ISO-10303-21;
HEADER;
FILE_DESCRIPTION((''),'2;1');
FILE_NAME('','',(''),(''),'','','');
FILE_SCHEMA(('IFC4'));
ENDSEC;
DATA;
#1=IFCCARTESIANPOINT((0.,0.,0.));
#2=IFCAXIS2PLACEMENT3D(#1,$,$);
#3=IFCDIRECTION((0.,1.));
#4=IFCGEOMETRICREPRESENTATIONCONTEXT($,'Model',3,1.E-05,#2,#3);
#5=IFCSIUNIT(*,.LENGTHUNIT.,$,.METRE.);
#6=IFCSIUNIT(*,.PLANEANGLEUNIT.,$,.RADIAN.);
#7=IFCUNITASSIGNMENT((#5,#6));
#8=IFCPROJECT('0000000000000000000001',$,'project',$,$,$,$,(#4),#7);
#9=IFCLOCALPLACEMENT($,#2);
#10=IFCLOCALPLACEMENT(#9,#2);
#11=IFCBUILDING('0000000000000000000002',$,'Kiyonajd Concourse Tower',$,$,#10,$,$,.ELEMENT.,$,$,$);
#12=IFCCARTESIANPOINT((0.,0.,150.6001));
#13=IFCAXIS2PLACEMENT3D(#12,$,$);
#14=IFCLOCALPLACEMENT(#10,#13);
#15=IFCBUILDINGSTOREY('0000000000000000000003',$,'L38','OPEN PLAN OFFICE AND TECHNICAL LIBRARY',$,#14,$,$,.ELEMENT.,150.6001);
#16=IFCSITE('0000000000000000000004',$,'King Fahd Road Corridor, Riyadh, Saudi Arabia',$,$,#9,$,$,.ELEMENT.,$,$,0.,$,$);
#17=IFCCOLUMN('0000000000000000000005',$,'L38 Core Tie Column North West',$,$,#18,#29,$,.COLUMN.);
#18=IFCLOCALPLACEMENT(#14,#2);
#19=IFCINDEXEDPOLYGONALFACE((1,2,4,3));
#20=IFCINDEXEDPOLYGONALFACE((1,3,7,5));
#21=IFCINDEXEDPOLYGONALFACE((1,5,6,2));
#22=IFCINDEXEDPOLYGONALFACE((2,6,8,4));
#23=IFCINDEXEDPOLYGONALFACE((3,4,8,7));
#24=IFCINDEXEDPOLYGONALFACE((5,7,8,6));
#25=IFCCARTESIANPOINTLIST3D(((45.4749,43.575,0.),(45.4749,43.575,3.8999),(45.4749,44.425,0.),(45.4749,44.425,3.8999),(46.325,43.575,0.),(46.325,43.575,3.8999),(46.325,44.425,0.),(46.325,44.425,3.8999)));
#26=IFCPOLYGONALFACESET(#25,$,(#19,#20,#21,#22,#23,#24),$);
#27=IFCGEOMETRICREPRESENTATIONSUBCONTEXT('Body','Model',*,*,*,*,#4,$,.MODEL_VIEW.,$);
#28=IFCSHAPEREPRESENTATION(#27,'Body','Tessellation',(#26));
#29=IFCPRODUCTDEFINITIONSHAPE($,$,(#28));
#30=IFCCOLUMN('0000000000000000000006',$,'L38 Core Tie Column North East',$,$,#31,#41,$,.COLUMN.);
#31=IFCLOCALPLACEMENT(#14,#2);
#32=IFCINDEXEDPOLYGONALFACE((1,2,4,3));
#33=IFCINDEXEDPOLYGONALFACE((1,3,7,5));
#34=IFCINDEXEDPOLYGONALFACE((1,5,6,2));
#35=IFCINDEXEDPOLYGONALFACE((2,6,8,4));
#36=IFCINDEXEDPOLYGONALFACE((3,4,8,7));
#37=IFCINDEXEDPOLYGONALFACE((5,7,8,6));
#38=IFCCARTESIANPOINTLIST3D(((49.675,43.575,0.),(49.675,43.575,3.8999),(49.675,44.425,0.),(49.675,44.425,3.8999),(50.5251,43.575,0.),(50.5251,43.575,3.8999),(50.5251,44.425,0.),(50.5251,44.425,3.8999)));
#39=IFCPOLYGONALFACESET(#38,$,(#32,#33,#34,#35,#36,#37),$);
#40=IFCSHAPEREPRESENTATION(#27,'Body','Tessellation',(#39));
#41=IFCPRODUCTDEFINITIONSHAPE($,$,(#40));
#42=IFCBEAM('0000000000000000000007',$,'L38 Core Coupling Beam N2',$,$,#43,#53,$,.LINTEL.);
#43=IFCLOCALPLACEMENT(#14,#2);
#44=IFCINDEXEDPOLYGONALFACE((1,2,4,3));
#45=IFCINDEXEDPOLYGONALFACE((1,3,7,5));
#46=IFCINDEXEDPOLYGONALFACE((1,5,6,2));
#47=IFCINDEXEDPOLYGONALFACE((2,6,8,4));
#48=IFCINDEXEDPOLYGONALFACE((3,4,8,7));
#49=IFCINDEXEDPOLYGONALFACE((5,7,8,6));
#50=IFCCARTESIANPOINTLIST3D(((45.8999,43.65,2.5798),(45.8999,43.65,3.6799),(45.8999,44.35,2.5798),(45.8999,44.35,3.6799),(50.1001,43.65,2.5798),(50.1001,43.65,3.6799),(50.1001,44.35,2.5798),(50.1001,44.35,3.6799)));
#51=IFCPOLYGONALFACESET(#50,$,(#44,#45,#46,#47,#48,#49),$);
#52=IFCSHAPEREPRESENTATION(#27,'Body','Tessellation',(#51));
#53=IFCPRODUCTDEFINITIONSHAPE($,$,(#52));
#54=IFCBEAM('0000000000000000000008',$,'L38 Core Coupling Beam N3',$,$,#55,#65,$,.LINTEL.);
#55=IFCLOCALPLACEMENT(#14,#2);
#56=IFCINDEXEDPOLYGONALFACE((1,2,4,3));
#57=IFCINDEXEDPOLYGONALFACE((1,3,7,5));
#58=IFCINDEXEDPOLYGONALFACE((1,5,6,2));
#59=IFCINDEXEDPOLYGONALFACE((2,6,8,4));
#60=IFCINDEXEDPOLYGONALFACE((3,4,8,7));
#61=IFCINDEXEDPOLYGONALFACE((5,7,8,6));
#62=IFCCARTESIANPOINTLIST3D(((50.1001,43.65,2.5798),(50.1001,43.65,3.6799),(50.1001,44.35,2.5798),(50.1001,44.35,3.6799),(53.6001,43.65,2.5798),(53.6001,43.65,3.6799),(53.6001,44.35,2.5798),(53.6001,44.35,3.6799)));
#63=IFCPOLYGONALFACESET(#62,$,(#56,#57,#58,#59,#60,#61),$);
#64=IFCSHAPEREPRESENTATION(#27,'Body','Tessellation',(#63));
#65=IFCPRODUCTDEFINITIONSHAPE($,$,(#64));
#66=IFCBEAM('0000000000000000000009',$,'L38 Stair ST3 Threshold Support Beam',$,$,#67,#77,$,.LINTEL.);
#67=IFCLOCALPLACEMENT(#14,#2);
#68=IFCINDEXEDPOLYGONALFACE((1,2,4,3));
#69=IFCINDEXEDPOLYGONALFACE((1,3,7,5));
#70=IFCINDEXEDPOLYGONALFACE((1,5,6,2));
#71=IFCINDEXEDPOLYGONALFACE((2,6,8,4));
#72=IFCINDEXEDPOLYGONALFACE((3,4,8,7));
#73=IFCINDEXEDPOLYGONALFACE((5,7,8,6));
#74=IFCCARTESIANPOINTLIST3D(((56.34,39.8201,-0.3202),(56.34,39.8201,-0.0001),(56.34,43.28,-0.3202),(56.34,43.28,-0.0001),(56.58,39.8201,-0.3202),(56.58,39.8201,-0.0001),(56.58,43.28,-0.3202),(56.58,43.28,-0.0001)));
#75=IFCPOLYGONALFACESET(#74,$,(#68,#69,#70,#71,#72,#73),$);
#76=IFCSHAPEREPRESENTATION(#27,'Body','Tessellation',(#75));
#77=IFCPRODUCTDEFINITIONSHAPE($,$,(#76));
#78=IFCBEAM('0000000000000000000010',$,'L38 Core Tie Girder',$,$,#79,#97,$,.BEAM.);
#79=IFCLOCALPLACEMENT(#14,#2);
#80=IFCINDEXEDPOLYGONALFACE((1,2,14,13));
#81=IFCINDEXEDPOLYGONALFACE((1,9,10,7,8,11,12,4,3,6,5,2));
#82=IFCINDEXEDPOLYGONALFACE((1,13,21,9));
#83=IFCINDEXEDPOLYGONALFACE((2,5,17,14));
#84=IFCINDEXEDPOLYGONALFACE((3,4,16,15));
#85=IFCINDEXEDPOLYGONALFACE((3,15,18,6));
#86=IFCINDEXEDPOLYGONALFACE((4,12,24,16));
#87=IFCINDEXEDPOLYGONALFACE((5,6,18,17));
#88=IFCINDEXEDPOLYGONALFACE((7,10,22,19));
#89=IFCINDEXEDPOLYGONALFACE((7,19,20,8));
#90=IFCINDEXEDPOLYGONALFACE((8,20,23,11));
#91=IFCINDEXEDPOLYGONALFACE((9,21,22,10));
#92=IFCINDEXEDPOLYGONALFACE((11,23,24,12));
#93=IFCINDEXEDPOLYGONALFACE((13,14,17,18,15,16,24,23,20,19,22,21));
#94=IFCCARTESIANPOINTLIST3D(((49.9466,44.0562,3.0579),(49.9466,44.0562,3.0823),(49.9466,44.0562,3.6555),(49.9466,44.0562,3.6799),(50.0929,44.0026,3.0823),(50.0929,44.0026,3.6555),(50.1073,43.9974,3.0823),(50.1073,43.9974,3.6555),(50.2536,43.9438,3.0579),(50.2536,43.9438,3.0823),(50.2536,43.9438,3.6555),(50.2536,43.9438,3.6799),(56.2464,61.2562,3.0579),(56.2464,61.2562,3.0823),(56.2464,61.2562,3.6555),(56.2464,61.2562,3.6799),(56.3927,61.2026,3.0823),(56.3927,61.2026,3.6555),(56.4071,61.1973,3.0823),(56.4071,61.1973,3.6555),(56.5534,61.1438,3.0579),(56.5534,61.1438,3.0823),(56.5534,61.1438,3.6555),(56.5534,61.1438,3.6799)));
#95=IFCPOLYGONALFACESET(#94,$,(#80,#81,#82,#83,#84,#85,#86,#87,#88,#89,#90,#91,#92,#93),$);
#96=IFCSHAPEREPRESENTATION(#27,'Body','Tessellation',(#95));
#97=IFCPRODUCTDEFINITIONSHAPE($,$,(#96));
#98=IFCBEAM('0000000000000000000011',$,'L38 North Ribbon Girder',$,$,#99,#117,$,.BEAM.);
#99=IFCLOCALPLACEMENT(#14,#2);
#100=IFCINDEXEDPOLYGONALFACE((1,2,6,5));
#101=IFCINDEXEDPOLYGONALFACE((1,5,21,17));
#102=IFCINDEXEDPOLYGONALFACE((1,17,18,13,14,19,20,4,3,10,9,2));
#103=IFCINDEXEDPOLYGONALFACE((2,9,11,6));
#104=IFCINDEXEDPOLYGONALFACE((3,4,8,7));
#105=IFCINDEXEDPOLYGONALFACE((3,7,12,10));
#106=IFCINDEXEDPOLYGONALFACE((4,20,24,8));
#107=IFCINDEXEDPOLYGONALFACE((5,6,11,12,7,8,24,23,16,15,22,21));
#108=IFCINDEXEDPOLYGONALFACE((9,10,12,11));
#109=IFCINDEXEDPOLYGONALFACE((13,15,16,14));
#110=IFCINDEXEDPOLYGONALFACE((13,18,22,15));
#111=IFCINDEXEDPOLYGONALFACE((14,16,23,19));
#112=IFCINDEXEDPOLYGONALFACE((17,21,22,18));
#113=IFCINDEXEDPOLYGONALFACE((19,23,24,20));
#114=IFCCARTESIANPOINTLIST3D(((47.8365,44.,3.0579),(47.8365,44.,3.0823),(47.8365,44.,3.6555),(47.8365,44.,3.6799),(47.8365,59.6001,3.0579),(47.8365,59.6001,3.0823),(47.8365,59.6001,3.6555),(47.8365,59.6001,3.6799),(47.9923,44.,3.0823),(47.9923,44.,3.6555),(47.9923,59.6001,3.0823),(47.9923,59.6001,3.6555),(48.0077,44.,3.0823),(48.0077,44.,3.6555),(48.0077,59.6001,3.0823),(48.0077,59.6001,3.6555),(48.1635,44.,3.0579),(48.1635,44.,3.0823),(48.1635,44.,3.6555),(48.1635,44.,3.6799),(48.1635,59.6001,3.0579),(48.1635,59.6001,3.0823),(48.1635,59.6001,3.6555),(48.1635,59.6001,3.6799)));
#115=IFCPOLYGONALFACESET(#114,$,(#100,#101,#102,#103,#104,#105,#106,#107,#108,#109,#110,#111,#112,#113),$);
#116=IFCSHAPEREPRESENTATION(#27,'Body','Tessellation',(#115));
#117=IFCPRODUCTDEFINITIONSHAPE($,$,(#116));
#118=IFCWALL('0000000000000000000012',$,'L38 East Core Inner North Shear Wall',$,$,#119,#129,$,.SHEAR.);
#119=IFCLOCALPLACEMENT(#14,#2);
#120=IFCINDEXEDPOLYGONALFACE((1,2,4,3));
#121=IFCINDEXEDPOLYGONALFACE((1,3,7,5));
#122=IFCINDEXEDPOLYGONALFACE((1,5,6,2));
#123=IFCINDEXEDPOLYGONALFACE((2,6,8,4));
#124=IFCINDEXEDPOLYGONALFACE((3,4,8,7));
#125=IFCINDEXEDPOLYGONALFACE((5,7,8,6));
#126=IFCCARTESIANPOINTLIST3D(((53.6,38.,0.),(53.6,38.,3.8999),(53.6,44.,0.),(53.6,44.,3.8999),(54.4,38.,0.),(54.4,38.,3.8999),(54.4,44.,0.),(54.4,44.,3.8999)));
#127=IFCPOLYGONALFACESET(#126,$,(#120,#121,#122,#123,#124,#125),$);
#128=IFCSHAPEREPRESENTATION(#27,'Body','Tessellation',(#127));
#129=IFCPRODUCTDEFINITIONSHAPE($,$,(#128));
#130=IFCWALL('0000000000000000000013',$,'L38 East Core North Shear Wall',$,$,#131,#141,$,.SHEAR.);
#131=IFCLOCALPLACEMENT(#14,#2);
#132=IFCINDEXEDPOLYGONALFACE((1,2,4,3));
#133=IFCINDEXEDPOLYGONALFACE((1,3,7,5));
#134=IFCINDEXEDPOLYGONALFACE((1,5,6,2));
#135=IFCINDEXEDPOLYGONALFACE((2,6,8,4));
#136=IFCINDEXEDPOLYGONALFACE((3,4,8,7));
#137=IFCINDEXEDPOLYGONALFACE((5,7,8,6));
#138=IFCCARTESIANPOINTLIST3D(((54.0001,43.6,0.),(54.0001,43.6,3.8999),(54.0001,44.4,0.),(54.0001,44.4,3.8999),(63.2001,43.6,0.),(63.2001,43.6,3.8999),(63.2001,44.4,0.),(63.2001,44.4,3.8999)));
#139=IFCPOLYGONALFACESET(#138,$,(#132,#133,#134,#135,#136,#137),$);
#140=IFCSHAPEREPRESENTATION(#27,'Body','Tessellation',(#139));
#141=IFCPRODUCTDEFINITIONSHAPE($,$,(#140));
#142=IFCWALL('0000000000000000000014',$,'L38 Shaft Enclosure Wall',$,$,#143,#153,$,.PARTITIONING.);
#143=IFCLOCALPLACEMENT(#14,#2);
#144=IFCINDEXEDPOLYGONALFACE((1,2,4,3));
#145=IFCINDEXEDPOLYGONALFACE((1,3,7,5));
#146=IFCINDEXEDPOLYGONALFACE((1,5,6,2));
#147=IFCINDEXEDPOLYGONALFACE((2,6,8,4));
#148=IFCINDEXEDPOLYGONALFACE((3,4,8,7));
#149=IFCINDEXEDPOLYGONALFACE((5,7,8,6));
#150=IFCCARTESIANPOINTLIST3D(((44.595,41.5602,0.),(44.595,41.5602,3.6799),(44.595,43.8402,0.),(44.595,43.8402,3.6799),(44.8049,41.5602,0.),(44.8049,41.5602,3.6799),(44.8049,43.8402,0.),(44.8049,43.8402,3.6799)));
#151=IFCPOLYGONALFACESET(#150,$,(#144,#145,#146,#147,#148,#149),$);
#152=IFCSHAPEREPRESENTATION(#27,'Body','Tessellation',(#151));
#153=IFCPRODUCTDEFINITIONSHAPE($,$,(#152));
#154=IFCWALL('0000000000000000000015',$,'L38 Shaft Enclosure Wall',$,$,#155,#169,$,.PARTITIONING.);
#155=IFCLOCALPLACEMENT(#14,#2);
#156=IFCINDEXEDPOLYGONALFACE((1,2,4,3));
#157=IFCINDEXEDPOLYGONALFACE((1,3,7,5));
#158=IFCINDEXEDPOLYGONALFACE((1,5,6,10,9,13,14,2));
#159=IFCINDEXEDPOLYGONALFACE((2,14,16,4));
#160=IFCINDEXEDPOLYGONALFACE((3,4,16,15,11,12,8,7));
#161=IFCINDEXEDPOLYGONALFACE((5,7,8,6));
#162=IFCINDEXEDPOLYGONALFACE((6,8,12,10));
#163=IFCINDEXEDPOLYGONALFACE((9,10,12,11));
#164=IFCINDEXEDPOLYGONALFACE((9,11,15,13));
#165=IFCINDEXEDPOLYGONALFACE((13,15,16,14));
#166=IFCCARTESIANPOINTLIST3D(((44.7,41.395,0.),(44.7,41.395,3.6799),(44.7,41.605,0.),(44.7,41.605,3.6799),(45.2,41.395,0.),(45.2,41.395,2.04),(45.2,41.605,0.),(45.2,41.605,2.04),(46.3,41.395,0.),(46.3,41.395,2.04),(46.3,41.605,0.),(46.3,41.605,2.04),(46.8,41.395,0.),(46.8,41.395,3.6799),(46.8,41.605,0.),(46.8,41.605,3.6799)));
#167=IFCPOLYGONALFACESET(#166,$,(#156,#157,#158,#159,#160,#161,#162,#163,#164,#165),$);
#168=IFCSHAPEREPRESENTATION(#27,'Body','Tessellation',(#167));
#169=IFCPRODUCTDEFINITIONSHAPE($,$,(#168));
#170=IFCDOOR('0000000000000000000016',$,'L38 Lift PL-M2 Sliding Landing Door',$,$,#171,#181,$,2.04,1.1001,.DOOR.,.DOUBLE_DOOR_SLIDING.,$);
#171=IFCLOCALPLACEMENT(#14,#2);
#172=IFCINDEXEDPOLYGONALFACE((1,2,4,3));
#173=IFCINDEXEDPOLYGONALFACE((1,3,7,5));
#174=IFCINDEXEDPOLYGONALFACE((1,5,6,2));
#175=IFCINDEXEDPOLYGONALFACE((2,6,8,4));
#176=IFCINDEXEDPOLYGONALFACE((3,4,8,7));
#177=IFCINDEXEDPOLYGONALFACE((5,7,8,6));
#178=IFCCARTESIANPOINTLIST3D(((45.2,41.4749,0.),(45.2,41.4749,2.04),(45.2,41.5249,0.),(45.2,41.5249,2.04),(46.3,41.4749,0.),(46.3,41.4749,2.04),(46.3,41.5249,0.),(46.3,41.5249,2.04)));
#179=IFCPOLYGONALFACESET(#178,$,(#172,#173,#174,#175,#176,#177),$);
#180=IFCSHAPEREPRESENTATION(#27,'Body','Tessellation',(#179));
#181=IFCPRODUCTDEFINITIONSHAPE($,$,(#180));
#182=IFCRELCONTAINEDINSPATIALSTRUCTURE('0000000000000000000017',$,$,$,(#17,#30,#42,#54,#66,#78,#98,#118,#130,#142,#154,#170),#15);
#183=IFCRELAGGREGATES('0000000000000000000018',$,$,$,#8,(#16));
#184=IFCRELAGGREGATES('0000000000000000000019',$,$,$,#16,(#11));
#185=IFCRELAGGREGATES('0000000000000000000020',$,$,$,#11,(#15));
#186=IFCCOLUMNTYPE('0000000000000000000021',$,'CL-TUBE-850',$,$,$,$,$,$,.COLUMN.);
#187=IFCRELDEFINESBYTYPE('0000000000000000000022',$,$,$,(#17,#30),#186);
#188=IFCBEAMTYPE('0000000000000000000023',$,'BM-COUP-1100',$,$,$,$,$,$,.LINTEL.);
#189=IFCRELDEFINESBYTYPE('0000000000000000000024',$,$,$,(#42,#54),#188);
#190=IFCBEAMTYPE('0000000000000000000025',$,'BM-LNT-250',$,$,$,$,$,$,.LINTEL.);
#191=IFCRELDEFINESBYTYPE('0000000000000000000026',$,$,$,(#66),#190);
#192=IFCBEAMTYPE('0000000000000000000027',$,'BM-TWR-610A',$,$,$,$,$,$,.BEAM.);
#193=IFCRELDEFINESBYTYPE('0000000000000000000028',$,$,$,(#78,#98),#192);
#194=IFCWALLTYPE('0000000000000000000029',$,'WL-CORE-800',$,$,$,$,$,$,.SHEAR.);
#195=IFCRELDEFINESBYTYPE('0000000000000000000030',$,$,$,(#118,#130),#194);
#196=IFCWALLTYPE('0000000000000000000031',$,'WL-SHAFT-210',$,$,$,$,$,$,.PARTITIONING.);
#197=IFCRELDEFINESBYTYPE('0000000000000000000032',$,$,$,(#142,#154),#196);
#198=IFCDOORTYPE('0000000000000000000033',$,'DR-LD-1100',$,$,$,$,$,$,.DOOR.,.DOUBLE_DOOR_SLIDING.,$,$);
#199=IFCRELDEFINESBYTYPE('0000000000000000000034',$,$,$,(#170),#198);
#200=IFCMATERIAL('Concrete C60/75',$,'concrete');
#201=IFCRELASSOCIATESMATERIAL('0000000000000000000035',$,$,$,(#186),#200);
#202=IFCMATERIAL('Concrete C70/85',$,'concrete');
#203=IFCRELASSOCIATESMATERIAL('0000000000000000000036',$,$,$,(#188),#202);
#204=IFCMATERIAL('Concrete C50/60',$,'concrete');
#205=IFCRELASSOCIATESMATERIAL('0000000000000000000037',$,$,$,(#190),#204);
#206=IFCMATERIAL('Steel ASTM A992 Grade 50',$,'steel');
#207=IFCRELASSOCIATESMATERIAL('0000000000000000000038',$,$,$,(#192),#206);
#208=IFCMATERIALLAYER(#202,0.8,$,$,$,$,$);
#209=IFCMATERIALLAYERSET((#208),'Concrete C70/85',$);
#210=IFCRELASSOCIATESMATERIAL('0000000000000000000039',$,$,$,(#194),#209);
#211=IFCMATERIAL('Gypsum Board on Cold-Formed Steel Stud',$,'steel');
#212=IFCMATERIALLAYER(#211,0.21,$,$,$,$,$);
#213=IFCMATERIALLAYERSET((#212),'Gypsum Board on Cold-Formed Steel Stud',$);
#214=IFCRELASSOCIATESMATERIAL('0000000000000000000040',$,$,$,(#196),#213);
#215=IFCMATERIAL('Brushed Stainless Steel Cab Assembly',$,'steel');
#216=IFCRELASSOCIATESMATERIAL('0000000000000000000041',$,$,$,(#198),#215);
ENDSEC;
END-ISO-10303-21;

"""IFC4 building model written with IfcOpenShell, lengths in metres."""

from ifc_helpers import new_model, si_unit, direction, frame, frame_2d, origin, origin_2d, place, context, subcontext, project, spatial, rectangle, i_section, extrude, material, layer, layer_set, material_profile, profile_set, type_object, element, fill, save


model = new_model("IFC4")

# Units and contexts
model_context = context("Model", 3, precision=1e-05, world=origin(), true_north=direction((0.0, 1.0)))
body_context = subcontext(model_context, "Body", "Model", "MODEL_VIEW")
ifc_project = project(units=[si_unit("LENGTHUNIT", "METRE"), si_unit("PLANEANGLEUNIT", "RADIAN")], contexts=[model_context])

# Site, building, storey
site_placement = place(None, origin())
site = spatial("IfcSite", under=ifc_project, at=site_placement, Name="King Fahd Road Corridor, Riyadh, Saudi Arabia", CompositionType="ELEMENT", RefElevation=0.0)
building_placement = place(site_placement, origin())
building = spatial("IfcBuilding", under=site, at=building_placement, Name="Kiyonajd Concourse Tower", CompositionType="ELEMENT")
storey_placement = place(building_placement, frame((0.0, 0.0, 150.6001)))
storey = spatial("IfcBuildingStorey", under=building, at=storey_placement, Name="L38", Description="OPEN PLAN OFFICE AND TECHNICAL LIBRARY", CompositionType="ELEMENT", Elevation=150.6001)

# Columns
ifc_material_1 = material(Name="Concrete C60/75", Category="concrete")
ifc_material_profile_1 = material_profile(ifc_material_1, rectangle(XDim=0.8501, YDim=0.8501, at=origin_2d()), Name="RC-850x850")
ifc_profile_set_1 = profile_set([ifc_material_profile_1], Name="Concrete C60/75")
column_type = type_object("IfcColumnType", Name="CL-TUBE-850", PredefinedType="COLUMN", material=ifc_profile_set_1)
for number, where, z_axis, x_axis, name in (
    (1, (45.8999, 44.0, 0.0), (0.0, 0.0, 1.0), (1.0, 0.0, 0.0), "L38 Core Tie Column North West"),
    (2, (50.1001, 44.0, 0.0), (0.0, 0.0, 1.0), (1.0, 0.0, 0.0), "L38 Core Tie Column North East"),
):
    element("IfcColumn", number, at=place(storey_placement, frame(where, z_axis=z_axis, x_axis=x_axis)), inside=storey, type_object=column_type, Name=name, PredefinedType="COLUMN", context=body_context, shape_type="SweptSolid", body=[
        extrude(rectangle(XDim=0.8501, YDim=0.8501, at=origin_2d()), origin(), (0.0, 0.0, 1.0), 3.8999),
    ])

# Beams
ifc_material_2 = material(Name="Concrete C70/85", Category="concrete")
ifc_material_profile_2 = material_profile(ifc_material_2, rectangle(XDim=0.7, YDim=1.1001, at=origin_2d()), Name="RCBM-700x1100")
ifc_profile_set_2 = profile_set([ifc_material_profile_2], Name="Concrete C70/85")
beam_type_1 = type_object("IfcBeamType", Name="BM-COUP-1100", PredefinedType="LINTEL", material=ifc_profile_set_2)
beam_1_placement = place(storey_placement, frame((45.8999, 44.0, 3.1299), z_axis=(1.0, 0.0, 0.0), x_axis=(0.0, 1.0, 0.0)))
element("IfcBeam", 3, at=beam_1_placement, inside=storey, type_object=beam_type_1, Name="L38 Core Coupling Beam N2", PredefinedType="LINTEL", context=body_context, shape_type="SweptSolid", body=[
    extrude(rectangle(XDim=0.7, YDim=1.1001, at=origin_2d()), origin(), (0.0, 0.0, 1.0), 4.2002),
])
beam_2_placement = place(storey_placement, frame((50.1001, 44.0, 3.1299), z_axis=(1.0, 0.0, 0.0), x_axis=(0.0, 1.0, 0.0)))
element("IfcBeam", 4, at=beam_2_placement, inside=storey, type_object=beam_type_1, Name="L38 Core Coupling Beam N3", PredefinedType="LINTEL", context=body_context, shape_type="SweptSolid", body=[
    extrude(rectangle(XDim=0.7, YDim=1.1001, at=origin_2d()), origin(), (0.0, 0.0, 1.0), 3.5),
])
ifc_material_3 = material(Name="Concrete C50/60", Category="concrete")
ifc_material_profile_3 = material_profile(ifc_material_3, rectangle(XDim=0.24, YDim=0.3201, at=origin_2d()), Name="RCBM-240x320")
ifc_profile_set_3 = profile_set([ifc_material_profile_3], Name="Concrete C50/60")
beam_type_2 = type_object("IfcBeamType", Name="BM-LNT-250", PredefinedType="LINTEL", material=ifc_profile_set_3)
beam_3_placement = place(storey_placement, frame((56.46, 39.8201, -0.1602), z_axis=(0.0, 1.0, 0.0), x_axis=(-1.0, 0.0, 0.0)))
element("IfcBeam", 5, at=beam_3_placement, inside=storey, type_object=beam_type_2, Name="L38 Stair ST3 Threshold Support Beam", PredefinedType="LINTEL", context=body_context, shape_type="SweptSolid", body=[
    extrude(rectangle(XDim=0.24, YDim=0.3201, at=origin_2d()), origin(), (0.0, 0.0, 1.0), 3.46),
])
ifc_material_4 = material(Name="Steel ASTM A992 Grade 50", Category="steel")
ifc_material_profile_4 = material_profile(ifc_material_4, i_section(OverallWidth=0.3269, OverallDepth=0.6221, WebThickness=0.0154, FlangeThickness=0.0244, at=origin_2d()), Name="W610X195")
ifc_profile_set_4 = profile_set([ifc_material_profile_4], Name="Steel ASTM A992 Grade 50")
beam_type_3 = type_object("IfcBeamType", Name="BM-TWR-610A", PredefinedType="BEAM", material=ifc_profile_set_4)
beam_4_placement = place(storey_placement, frame((50.1001, 44.0, 3.3689), z_axis=(0.343925, 0.938997, 0.0), x_axis=(-0.938997, 0.343925, 0.0)))
element("IfcBeam", 6, at=beam_4_placement, inside=storey, type_object=beam_type_3, Name="L38 Core Tie Girder", PredefinedType="BEAM", context=body_context, shape_type="SweptSolid", body=[
    extrude(i_section(OverallWidth=0.3269, OverallDepth=0.6221, WebThickness=0.0154, FlangeThickness=0.0244, at=origin_2d()), origin(), (0.0, 0.0, 1.0), 18.3174),
])
beam_5_placement = place(storey_placement, frame((48.0, 44.0, 3.3689), z_axis=(0.0, 1.0, 0.0), x_axis=(-1.0, 0.0, 0.0)))
element("IfcBeam", 7, at=beam_5_placement, inside=storey, type_object=beam_type_3, Name="L38 North Ribbon Girder", PredefinedType="BEAM", context=body_context, shape_type="SweptSolid", body=[
    extrude(i_section(OverallWidth=0.3269, OverallDepth=0.6221, WebThickness=0.0154, FlangeThickness=0.0244, at=origin_2d()), origin(), (0.0, 0.0, 1.0), 15.6001),
])

# Walls
ifc_layer_1 = layer(ifc_material_2, 0.8)
ifc_layer_set_1 = layer_set([ifc_layer_1], Name="Concrete C70/85")
wall_type_1 = type_object("IfcWallType", Name="WL-CORE-800", PredefinedType="SHEAR", material=ifc_layer_set_1)
wall_1_placement = place(storey_placement, frame((54.0, 38.0, 0.0), z_axis=(0.0, 0.0, 1.0), x_axis=(0.0, 1.0, 0.0)))
element("IfcWall", 8, at=wall_1_placement, inside=storey, type_object=wall_type_1, Name="L38 East Core Inner North Shear Wall", PredefinedType="SHEAR", context=body_context, shape_type="SweptSolid", body=[
    extrude(rectangle(XDim=6.0, YDim=0.8, at=frame_2d((3.0, 0.0))), origin(), (0.0, 0.0, 1.0), 3.8999),
])
wall_2_placement = place(storey_placement, frame((54.0, 44.0, 0.0), z_axis=(0.0, 0.0, 1.0), x_axis=(1.0, 0.0, 0.0)))
element("IfcWall", 9, at=wall_2_placement, inside=storey, type_object=wall_type_1, Name="L38 East Core North Shear Wall", PredefinedType="SHEAR", context=body_context, shape_type="SweptSolid", body=[
    extrude(rectangle(XDim=9.2, YDim=0.8, at=frame_2d((4.6001, 0.0))), origin(), (0.0, 0.0, 1.0), 3.8999),
])
ifc_material_5 = material(Name="Gypsum Board on Cold-Formed Steel Stud", Category="steel")
ifc_layer_2 = layer(ifc_material_5, 0.21)
ifc_layer_set_2 = layer_set([ifc_layer_2], Name="Gypsum Board on Cold-Formed Steel Stud")
wall_type_2 = type_object("IfcWallType", Name="WL-SHAFT-210", PredefinedType="PARTITIONING", material=ifc_layer_set_2)
wall_3_placement = place(storey_placement, frame((44.7, 41.5601, 0.0), z_axis=(0.0, 0.0, 1.0), x_axis=(0.0, 1.0, 0.0)))
element("IfcWall", 10, at=wall_3_placement, inside=storey, type_object=wall_type_2, Name="L38 Shaft Enclosure Wall", PredefinedType="PARTITIONING", context=body_context, shape_type="SweptSolid", body=[
    extrude(rectangle(XDim=2.28, YDim=0.21, at=frame_2d((1.1401, 0.0))), origin(), (0.0, 0.0, 1.0), 3.6799),
])

# Wall, opening, door
wall_4_placement = place(storey_placement, frame((44.7, 41.5, 0.0), z_axis=(0.0, 0.0, 1.0), x_axis=(1.0, 0.0, 0.0)))
wall_4 = element("IfcWall", 11, at=wall_4_placement, inside=storey, type_object=wall_type_2, Name="L38 Shaft Enclosure Wall", PredefinedType="PARTITIONING", context=body_context, shape_type="SweptSolid", body=[
    extrude(rectangle(XDim=2.1001, YDim=0.21, at=frame_2d((1.05, 0.0))), origin(), (0.0, 0.0, 1.0), 3.6799),
])
opening_1_placement = place(wall_4_placement, frame((0.5, 0.0, 0.0)))
opening_1 = element("IfcOpeningElement", 12, at=opening_1_placement, cuts=wall_4, PredefinedType="OPENING", context=body_context, shape_type="SweptSolid", body=[
    extrude(rectangle(XDim=1.1001, YDim=2.04, at=frame_2d((0.55, 1.02))), frame((0.0, 0.115, 0.0), z_axis=(0.0, -1.0, 0.0), x_axis=(1.0, 0.0, 0.0)), (0.0, 0.0, 1.0), 0.23),
])
ifc_material_6 = material(Name="Brushed Stainless Steel Cab Assembly", Category="steel")
door_type_1 = type_object("IfcDoorType", Name="DR-LD-1100", OperationType="DOUBLE_DOOR_SLIDING", PredefinedType="DOOR", material=ifc_material_6)
door_1_placement = place(opening_1_placement, origin())
door_1 = element("IfcDoor", 13, at=door_1_placement, inside=storey, type_object=door_type_1, Name="L38 Lift PL-M2 Sliding Landing Door", OperationType="DOUBLE_DOOR_SLIDING", OverallHeight=2.04, OverallWidth=1.1001, PredefinedType="DOOR", context=body_context, shape_type="SweptSolid", body=[
    extrude(rectangle(XDim=1.1001, YDim=2.04, at=frame_2d((0.55, 1.02))), frame((0.0, 0.0249, 0.0), z_axis=(0.0, -1.0, 0.0), x_axis=(1.0, 0.0, 0.0)), (0.0, 0.0, 1.0), 0.05),
])
fill(opening_1, door_1)

save(model, "model.ifc")
